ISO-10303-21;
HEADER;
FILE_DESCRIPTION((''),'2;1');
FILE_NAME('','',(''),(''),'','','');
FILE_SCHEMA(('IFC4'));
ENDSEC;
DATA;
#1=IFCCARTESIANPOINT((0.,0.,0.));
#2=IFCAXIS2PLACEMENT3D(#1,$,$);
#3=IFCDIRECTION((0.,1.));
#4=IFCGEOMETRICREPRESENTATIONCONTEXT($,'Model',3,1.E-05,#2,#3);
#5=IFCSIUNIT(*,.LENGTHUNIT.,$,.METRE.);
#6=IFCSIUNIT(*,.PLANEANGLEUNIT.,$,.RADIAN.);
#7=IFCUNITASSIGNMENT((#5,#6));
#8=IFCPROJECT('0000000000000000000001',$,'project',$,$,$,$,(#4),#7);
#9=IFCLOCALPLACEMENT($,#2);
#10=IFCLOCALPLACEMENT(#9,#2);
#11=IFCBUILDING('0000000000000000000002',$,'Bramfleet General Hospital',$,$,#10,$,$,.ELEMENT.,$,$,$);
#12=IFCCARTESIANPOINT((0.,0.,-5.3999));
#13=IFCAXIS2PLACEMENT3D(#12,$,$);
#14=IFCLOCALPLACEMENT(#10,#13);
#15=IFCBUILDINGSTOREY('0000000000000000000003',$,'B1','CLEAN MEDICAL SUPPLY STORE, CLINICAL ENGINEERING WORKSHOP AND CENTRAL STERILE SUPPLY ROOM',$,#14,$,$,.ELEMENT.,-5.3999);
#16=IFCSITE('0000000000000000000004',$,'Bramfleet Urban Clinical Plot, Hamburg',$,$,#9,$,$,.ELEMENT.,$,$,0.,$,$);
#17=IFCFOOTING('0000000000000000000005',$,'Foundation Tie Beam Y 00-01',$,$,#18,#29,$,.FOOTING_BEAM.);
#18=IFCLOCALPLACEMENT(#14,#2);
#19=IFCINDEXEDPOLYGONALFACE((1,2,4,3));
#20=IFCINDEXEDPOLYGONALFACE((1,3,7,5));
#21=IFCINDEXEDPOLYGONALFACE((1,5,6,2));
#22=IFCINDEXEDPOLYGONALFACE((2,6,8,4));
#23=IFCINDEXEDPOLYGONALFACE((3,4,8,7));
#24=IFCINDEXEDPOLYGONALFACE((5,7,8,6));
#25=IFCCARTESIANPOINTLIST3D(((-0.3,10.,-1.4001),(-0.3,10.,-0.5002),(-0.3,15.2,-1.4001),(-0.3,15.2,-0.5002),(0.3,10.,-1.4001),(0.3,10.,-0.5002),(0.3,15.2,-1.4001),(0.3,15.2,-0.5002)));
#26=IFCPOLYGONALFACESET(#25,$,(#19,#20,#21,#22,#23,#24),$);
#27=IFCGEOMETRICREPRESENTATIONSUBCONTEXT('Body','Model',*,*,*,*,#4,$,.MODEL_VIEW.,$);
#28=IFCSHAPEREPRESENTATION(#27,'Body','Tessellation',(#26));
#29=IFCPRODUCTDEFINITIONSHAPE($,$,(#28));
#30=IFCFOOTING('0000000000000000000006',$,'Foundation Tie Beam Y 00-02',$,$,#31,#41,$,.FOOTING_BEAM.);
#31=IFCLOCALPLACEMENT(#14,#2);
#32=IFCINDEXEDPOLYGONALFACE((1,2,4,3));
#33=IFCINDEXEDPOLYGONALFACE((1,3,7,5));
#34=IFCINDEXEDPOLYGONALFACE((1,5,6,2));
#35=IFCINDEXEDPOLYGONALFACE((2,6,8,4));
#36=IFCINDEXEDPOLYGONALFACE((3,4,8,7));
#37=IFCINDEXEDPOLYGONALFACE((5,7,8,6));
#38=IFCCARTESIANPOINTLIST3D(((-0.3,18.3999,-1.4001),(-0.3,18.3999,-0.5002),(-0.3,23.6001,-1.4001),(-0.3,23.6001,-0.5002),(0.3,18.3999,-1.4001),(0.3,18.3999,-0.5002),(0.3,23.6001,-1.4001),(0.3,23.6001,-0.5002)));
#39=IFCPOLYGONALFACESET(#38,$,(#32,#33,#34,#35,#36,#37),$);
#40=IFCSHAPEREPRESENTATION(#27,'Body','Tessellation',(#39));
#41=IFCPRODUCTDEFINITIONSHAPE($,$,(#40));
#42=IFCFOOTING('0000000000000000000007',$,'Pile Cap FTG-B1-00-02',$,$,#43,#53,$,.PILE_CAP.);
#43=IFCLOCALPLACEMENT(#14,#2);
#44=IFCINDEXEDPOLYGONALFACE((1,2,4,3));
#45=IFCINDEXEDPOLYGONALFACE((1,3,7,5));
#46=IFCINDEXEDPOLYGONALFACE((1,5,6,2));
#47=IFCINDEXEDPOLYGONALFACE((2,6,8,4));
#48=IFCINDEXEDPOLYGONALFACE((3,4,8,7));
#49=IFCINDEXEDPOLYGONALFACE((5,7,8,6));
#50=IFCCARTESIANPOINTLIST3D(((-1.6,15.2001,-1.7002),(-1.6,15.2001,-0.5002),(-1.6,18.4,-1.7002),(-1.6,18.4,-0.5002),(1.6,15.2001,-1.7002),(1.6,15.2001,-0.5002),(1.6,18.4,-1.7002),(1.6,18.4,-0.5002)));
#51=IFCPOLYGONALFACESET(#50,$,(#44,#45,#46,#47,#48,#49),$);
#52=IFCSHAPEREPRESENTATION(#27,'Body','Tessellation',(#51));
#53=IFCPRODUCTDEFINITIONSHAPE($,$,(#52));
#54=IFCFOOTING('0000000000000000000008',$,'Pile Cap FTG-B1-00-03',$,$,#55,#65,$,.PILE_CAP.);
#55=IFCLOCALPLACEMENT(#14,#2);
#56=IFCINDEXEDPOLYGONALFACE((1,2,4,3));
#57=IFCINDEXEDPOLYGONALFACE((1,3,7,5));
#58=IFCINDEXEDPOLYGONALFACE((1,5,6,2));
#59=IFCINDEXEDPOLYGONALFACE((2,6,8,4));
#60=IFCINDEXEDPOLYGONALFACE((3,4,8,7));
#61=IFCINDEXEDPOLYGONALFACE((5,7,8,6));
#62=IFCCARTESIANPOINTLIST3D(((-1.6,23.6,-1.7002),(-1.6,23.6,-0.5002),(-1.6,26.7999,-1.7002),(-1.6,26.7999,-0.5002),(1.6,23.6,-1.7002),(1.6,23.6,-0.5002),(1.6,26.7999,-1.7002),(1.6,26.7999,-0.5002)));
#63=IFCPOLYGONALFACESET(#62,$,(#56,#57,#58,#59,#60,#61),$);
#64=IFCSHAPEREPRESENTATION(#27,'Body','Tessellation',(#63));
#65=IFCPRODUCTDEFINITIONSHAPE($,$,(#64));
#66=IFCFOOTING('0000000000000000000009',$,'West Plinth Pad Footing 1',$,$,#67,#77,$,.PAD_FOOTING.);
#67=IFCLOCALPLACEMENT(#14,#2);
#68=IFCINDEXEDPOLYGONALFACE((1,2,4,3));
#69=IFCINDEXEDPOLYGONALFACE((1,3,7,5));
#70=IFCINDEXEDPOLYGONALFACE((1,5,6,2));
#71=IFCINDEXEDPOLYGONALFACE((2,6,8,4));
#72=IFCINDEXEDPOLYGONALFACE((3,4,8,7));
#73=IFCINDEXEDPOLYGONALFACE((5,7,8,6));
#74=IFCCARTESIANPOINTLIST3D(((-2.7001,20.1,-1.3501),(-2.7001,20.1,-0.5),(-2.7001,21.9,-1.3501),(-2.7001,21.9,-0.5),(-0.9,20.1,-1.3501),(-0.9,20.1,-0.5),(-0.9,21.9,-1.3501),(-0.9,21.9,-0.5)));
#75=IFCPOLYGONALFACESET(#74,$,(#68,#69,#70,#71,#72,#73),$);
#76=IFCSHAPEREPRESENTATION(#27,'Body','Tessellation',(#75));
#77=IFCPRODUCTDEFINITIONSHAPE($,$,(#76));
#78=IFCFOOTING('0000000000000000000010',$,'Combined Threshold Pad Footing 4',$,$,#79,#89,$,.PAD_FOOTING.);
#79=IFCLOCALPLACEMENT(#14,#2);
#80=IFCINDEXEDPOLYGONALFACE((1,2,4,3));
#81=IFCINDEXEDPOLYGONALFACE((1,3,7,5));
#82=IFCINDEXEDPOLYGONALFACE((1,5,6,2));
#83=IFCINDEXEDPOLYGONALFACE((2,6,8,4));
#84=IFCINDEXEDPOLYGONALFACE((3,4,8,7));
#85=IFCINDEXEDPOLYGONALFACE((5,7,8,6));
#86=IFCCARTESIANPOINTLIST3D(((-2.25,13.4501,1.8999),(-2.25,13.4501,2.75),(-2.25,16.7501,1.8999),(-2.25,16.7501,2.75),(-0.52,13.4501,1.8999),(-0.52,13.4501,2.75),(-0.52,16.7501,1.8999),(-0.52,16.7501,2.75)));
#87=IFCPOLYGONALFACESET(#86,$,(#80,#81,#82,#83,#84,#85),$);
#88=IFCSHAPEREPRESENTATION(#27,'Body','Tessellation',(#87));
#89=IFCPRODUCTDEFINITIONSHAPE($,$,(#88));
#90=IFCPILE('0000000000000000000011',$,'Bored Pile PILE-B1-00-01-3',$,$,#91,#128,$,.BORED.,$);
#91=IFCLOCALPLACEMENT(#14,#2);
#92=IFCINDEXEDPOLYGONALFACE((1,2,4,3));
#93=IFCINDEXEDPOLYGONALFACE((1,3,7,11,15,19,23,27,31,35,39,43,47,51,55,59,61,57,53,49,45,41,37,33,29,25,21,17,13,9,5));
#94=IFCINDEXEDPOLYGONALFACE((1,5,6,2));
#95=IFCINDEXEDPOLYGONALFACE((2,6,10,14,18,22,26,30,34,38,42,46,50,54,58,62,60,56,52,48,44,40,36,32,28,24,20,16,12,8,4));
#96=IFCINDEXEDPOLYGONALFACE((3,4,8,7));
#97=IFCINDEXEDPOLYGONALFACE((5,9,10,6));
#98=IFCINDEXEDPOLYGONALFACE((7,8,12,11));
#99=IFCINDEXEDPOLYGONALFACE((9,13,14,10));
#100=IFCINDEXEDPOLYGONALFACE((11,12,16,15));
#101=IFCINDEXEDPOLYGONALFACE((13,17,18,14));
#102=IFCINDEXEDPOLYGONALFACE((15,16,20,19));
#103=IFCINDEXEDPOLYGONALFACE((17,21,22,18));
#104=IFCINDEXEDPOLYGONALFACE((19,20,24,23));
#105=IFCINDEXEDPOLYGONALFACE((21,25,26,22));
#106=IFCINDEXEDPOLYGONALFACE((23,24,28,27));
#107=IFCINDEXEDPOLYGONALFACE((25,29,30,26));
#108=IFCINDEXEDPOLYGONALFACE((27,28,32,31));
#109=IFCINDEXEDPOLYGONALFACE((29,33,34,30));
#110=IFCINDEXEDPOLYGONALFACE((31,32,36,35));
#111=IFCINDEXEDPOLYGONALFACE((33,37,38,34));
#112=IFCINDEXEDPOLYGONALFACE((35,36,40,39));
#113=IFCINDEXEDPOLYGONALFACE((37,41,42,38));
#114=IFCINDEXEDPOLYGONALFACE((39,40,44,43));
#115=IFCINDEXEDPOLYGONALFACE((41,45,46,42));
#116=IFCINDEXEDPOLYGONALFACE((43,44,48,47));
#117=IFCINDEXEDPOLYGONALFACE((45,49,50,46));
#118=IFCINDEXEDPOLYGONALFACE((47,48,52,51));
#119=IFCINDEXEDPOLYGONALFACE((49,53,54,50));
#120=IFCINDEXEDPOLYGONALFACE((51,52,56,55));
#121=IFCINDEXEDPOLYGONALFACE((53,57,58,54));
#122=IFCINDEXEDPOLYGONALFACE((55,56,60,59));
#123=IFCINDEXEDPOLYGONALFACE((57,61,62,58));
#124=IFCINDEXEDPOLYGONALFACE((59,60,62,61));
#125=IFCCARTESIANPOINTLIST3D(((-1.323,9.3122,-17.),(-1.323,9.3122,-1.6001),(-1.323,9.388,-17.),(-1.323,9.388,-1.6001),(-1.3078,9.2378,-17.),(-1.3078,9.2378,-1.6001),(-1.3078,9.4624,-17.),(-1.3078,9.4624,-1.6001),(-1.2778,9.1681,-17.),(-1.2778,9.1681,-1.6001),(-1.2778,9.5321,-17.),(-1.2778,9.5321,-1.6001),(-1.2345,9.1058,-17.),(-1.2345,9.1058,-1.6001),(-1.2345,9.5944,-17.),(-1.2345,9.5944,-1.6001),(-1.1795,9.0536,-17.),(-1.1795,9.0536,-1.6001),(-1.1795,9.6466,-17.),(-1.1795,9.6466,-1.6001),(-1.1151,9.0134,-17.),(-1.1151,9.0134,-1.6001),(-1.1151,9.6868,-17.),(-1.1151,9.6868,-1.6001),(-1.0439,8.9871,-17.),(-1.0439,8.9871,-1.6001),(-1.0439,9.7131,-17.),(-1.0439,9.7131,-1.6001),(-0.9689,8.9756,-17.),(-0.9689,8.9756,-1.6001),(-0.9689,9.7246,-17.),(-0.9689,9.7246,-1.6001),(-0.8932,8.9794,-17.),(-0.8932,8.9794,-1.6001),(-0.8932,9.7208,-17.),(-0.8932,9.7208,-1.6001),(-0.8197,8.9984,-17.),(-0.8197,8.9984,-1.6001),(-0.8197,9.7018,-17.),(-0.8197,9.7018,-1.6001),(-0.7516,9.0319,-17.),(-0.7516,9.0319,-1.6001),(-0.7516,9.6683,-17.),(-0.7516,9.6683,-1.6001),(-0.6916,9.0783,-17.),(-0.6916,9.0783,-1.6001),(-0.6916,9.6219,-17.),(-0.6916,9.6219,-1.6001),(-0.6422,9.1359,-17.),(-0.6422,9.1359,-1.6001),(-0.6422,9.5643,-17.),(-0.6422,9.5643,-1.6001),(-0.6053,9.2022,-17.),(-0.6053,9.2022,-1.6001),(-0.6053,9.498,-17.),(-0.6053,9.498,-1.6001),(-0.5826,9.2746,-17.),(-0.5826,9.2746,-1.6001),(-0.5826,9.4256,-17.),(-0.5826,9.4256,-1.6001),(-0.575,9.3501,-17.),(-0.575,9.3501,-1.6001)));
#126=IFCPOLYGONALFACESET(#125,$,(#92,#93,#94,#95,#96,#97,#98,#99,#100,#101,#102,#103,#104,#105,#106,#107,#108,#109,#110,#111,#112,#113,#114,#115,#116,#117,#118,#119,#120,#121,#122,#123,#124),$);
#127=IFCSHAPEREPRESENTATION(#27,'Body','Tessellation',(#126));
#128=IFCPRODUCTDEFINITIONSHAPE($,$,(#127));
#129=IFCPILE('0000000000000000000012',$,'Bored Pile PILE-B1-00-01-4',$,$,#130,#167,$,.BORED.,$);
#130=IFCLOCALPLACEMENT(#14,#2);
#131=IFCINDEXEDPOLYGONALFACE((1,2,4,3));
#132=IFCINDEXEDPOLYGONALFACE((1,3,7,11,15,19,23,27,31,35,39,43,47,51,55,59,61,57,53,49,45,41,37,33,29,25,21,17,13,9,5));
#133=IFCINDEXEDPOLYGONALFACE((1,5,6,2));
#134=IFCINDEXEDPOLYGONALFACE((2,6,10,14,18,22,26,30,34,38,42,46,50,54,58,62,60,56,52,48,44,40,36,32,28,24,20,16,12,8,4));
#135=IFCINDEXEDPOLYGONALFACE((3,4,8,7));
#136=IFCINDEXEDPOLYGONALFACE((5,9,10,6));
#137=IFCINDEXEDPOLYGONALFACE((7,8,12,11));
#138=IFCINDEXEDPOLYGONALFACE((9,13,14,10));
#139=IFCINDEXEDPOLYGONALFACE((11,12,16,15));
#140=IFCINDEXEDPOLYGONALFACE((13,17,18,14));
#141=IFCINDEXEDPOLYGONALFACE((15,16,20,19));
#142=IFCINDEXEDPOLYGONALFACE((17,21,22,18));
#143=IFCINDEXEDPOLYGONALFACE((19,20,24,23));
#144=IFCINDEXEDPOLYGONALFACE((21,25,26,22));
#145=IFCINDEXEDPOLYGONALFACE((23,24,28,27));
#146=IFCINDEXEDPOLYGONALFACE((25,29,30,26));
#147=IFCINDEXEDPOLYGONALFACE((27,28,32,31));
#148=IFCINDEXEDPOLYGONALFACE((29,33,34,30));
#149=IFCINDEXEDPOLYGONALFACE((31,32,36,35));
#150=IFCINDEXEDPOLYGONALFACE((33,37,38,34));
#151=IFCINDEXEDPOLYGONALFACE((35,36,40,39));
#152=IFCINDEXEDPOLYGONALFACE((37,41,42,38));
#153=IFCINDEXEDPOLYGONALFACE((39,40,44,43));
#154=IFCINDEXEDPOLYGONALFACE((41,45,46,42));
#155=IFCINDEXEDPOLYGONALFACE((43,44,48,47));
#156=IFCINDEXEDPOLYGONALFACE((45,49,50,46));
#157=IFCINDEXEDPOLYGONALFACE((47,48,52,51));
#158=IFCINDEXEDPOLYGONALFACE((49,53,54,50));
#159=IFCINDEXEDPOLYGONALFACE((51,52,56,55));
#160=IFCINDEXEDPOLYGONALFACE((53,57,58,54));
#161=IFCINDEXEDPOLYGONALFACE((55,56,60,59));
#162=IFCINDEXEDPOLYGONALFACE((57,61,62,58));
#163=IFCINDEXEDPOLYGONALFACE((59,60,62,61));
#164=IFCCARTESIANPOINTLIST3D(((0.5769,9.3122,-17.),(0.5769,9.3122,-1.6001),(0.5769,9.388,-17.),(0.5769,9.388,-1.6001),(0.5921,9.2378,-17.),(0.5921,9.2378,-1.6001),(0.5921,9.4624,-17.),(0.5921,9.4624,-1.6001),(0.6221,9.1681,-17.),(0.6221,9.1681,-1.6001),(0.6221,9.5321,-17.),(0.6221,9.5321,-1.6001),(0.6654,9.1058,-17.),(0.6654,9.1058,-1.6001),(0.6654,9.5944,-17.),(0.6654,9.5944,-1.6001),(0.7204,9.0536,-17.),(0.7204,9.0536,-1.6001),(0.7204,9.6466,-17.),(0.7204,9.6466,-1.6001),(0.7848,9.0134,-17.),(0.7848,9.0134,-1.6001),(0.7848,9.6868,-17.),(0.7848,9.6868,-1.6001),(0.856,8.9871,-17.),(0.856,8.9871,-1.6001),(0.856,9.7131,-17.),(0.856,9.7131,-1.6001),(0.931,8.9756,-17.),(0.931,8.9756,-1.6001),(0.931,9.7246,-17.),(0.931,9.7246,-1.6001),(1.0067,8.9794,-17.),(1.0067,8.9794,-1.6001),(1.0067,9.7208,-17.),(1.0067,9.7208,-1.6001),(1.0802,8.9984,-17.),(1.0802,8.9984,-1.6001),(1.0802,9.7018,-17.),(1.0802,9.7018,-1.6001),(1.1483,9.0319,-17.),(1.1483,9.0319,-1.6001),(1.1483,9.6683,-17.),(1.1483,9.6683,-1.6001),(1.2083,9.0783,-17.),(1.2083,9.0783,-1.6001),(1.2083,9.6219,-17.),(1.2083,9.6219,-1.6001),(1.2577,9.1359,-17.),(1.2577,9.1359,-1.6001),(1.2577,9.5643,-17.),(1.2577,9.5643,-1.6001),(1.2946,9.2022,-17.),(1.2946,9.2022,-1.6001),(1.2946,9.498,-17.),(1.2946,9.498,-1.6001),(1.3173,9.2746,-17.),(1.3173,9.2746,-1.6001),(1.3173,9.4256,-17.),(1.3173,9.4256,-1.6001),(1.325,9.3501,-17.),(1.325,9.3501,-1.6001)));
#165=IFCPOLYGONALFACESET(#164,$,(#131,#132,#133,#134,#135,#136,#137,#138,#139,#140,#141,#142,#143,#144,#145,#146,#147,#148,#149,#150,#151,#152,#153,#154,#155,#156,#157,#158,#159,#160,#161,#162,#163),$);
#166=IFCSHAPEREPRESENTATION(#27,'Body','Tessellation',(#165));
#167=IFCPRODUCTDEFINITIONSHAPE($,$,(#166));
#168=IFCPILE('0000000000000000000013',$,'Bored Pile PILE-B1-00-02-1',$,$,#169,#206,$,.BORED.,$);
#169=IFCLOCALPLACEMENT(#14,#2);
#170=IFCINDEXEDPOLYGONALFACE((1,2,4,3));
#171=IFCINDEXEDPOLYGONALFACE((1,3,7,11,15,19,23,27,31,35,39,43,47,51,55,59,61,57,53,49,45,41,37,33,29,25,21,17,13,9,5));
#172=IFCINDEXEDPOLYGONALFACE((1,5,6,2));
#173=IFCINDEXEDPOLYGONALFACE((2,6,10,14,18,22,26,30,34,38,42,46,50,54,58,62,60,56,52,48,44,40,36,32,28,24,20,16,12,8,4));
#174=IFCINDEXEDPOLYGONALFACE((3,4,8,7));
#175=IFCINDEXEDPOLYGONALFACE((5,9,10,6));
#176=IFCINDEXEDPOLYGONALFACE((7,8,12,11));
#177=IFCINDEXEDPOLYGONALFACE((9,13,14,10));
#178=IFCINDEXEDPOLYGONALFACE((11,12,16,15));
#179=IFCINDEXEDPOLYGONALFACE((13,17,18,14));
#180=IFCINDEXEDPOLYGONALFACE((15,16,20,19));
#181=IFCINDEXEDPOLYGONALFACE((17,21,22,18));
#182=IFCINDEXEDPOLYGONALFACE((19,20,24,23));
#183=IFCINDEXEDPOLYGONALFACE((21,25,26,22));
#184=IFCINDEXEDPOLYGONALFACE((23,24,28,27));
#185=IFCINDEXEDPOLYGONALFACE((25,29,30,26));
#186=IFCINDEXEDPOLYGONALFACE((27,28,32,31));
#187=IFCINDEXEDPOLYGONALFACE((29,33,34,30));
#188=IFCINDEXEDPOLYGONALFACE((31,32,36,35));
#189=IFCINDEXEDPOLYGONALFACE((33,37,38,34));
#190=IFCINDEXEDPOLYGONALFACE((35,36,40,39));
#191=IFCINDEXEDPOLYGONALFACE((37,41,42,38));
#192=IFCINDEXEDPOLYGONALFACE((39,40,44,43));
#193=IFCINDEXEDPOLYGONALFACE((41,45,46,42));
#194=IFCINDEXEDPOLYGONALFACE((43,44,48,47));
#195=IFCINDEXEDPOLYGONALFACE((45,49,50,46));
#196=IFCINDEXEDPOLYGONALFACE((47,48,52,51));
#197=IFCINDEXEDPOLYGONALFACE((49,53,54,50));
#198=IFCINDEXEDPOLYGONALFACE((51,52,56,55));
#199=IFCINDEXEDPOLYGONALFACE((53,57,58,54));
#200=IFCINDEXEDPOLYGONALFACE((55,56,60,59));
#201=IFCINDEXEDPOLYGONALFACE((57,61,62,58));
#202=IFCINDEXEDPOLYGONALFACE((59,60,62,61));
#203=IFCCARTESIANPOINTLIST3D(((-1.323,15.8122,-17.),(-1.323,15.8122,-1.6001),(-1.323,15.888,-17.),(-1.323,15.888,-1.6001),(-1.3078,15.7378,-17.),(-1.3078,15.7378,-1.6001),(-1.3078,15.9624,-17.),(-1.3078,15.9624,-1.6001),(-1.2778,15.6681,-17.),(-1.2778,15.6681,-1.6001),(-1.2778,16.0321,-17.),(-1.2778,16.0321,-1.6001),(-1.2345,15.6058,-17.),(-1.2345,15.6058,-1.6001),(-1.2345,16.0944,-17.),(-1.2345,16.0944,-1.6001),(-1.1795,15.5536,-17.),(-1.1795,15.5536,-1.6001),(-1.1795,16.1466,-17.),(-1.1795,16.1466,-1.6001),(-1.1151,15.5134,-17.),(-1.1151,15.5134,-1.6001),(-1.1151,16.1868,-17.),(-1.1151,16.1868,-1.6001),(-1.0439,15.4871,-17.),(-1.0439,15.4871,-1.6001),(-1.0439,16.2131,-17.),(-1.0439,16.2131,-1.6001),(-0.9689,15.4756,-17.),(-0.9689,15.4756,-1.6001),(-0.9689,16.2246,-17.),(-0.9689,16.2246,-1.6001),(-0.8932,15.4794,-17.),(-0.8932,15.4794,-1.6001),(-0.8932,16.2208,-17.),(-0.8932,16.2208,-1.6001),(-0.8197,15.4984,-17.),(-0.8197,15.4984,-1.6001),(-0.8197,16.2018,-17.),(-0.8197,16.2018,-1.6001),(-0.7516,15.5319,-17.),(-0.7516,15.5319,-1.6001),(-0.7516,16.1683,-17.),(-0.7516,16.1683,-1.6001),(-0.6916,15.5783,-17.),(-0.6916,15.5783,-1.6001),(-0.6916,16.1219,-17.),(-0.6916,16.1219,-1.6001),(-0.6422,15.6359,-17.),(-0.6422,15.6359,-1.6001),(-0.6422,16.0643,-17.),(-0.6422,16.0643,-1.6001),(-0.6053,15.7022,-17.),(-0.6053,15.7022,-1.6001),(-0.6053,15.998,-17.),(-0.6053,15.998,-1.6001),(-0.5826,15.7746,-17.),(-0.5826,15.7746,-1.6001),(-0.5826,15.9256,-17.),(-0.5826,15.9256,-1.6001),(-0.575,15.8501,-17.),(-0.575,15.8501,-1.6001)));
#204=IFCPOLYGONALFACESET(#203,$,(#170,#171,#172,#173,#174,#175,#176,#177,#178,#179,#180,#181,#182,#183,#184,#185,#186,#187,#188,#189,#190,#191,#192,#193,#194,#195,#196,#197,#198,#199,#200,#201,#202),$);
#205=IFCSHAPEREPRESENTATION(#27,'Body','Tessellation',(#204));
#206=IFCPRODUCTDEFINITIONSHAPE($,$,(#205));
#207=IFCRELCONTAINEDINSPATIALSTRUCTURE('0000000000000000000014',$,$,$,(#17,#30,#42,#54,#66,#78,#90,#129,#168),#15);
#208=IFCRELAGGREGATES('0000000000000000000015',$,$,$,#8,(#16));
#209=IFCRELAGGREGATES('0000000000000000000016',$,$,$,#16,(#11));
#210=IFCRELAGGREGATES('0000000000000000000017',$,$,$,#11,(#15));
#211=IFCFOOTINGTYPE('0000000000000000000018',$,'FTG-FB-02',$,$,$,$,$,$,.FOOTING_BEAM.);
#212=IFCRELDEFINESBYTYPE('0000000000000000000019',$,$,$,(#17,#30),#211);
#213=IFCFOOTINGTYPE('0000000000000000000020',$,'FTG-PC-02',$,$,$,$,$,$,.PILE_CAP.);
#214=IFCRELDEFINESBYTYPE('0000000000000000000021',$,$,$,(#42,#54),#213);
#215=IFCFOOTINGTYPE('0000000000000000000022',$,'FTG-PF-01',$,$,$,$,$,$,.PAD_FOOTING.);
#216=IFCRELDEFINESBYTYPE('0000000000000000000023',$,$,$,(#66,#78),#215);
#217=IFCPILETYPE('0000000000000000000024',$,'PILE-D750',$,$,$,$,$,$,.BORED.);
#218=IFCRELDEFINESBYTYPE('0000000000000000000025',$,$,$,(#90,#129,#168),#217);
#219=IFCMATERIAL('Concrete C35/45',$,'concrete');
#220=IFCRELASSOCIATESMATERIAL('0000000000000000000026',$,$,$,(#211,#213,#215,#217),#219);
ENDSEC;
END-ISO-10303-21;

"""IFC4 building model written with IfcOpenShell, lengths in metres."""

from ifc_helpers import new_model, si_unit, direction, frame, origin, origin_2d, place, context, subcontext, project, spatial, rectangle, circle, extrude, material, material_profile, profile_set, type_object, element, save


model = new_model("IFC4")

# Units and contexts
model_context = context("Model", 3, precision=1e-05, world=origin(), true_north=direction((0.0, 1.0)))
body_context = subcontext(model_context, "Body", "Model", "MODEL_VIEW")
ifc_project = project(units=[si_unit("LENGTHUNIT", "METRE"), si_unit("PLANEANGLEUNIT", "RADIAN")], contexts=[model_context])

# Site, building, storey
site_placement = place(None, origin())
site = spatial("IfcSite", under=ifc_project, at=site_placement, Name="Bramfleet Urban Clinical Plot, Hamburg", CompositionType="ELEMENT", RefElevation=0.0)
building_placement = place(site_placement, origin())
building = spatial("IfcBuilding", under=site, at=building_placement, Name="Bramfleet General Hospital", CompositionType="ELEMENT")
storey_placement = place(building_placement, frame((0.0, 0.0, -5.3999)))
storey = spatial("IfcBuildingStorey", under=building, at=storey_placement, Name="B1", Description="CLEAN MEDICAL SUPPLY STORE, CLINICAL ENGINEERING WORKSHOP AND CENTRAL STERILE SUPPLY ROOM", CompositionType="ELEMENT", Elevation=-5.3999)

# Footings
ifc_material_1 = material(Name="Concrete C35/45", Category="concrete")
ifc_material_profile_1 = material_profile(ifc_material_1, rectangle(XDim=0.6001, YDim=0.8999, at=origin_2d()), Name="RC FB 900x600")
ifc_profile_set_1 = profile_set([ifc_material_profile_1], Name="Concrete C35/45")
footing_type_1 = type_object("IfcFootingType", Name="FTG-FB-02", PredefinedType="FOOTING_BEAM", material=ifc_profile_set_1)
footing_1_placement = place(storey_placement, frame((0.0, 10.0, -0.9502), z_axis=(0.0, 1.0, 0.0), x_axis=(-1.0, 0.0, 0.0)))
element("IfcFooting", 1, at=footing_1_placement, inside=storey, type_object=footing_type_1, Name="Foundation Tie Beam Y 00-01", PredefinedType="FOOTING_BEAM", context=body_context, shape_type="SweptSolid", body=[
    extrude(rectangle(XDim=0.6001, YDim=0.8999, at=origin_2d()), origin(), (0.0, 0.0, 1.0), 5.2),
])
footing_2_placement = place(storey_placement, frame((0.0, 18.3999, -0.9502), z_axis=(0.0, 1.0, 0.0), x_axis=(-1.0, 0.0, 0.0)))
element("IfcFooting", 2, at=footing_2_placement, inside=storey, type_object=footing_type_1, Name="Foundation Tie Beam Y 00-02", PredefinedType="FOOTING_BEAM", context=body_context, shape_type="SweptSolid", body=[
    extrude(rectangle(XDim=0.6001, YDim=0.8999, at=origin_2d()), origin(), (0.0, 0.0, 1.0), 5.2002),
])
footing_type_2 = type_object("IfcFootingType", Name="FTG-PC-02", PredefinedType="PILE_CAP", material=ifc_material_1)
for number, where, z_axis, x_axis, name in (
    (3, (0.0, 16.8, -1.7002), (0.0, 0.0, 1.0), (1.0, 0.0, 0.0), "Pile Cap FTG-B1-00-02"),
    (4, (0.0, 25.2, -1.7002), (0.0, 0.0, 1.0), (1.0, 0.0, 0.0), "Pile Cap FTG-B1-00-03"),
):
    element("IfcFooting", number, at=place(storey_placement, frame(where, z_axis=z_axis, x_axis=x_axis)), inside=storey, type_object=footing_type_2, Name=name, PredefinedType="PILE_CAP", context=body_context, shape_type="SweptSolid", body=[
        extrude(rectangle(XDim=3.2, YDim=3.2, at=origin_2d()), origin(), (0.0, 0.0, 1.0), 1.2),
    ])
footing_type_3 = type_object("IfcFootingType", Name="FTG-PF-01", PredefinedType="PAD_FOOTING", material=ifc_material_1)
footing_3_placement = place(storey_placement, frame((-1.8, 21.0, -1.3501), z_axis=(0.0, 0.0, 1.0), x_axis=(1.0, 0.0, 0.0)))
element("IfcFooting", 5, at=footing_3_placement, inside=storey, type_object=footing_type_3, Name="West Plinth Pad Footing 1", PredefinedType="PAD_FOOTING", context=body_context, shape_type="SweptSolid", body=[
    extrude(rectangle(XDim=1.8, YDim=1.8, at=origin_2d()), origin(), (0.0, 0.0, 1.0), 0.8501),
])
footing_4_placement = place(storey_placement, frame((-1.385, 15.1001, 1.8999), z_axis=(0.0, 0.0, 1.0), x_axis=(1.0, 0.0, 0.0)))
element("IfcFooting", 6, at=footing_4_placement, inside=storey, type_object=footing_type_3, Name="Combined Threshold Pad Footing 4", PredefinedType="PAD_FOOTING", context=body_context, shape_type="SweptSolid", body=[
    extrude(rectangle(XDim=1.73, YDim=3.3, at=origin_2d()), origin(), (0.0, 0.0, 1.0), 0.8501),
])

# Piles
ifc_material_profile_2 = material_profile(ifc_material_1, circle(Radius=0.375, at=origin_2d()), Name="PILE BORED D750")
ifc_profile_set_2 = profile_set([ifc_material_profile_2], Name="Concrete C35/45")
pile_type = type_object("IfcPileType", Name="PILE-D750", PredefinedType="BORED", material=ifc_profile_set_2)
for number, where, z_axis, x_axis, name in (
    (7, (-0.95, 9.3501, -1.6001), (0.0, 0.0, -1.0), (1.0, 0.0, 0.0), "Bored Pile PILE-B1-00-01-3"),
    (8, (0.95, 9.3501, -1.6001), (0.0, 0.0, -1.0), (1.0, 0.0, 0.0), "Bored Pile PILE-B1-00-01-4"),
    (9, (-0.95, 15.8501, -1.6001), (0.0, 0.0, -1.0), (1.0, 0.0, 0.0), "Bored Pile PILE-B1-00-02-1"),
):
    element("IfcPile", number, at=place(storey_placement, frame(where, z_axis=z_axis, x_axis=x_axis)), inside=storey, type_object=pile_type, Name=name, PredefinedType="BORED", context=body_context, shape_type="SweptSolid", body=[
        extrude(circle(Radius=0.375, at=origin_2d()), origin(), (0.0, 0.0, 1.0), 15.3999),
    ])

save(model, "model.ifc")
